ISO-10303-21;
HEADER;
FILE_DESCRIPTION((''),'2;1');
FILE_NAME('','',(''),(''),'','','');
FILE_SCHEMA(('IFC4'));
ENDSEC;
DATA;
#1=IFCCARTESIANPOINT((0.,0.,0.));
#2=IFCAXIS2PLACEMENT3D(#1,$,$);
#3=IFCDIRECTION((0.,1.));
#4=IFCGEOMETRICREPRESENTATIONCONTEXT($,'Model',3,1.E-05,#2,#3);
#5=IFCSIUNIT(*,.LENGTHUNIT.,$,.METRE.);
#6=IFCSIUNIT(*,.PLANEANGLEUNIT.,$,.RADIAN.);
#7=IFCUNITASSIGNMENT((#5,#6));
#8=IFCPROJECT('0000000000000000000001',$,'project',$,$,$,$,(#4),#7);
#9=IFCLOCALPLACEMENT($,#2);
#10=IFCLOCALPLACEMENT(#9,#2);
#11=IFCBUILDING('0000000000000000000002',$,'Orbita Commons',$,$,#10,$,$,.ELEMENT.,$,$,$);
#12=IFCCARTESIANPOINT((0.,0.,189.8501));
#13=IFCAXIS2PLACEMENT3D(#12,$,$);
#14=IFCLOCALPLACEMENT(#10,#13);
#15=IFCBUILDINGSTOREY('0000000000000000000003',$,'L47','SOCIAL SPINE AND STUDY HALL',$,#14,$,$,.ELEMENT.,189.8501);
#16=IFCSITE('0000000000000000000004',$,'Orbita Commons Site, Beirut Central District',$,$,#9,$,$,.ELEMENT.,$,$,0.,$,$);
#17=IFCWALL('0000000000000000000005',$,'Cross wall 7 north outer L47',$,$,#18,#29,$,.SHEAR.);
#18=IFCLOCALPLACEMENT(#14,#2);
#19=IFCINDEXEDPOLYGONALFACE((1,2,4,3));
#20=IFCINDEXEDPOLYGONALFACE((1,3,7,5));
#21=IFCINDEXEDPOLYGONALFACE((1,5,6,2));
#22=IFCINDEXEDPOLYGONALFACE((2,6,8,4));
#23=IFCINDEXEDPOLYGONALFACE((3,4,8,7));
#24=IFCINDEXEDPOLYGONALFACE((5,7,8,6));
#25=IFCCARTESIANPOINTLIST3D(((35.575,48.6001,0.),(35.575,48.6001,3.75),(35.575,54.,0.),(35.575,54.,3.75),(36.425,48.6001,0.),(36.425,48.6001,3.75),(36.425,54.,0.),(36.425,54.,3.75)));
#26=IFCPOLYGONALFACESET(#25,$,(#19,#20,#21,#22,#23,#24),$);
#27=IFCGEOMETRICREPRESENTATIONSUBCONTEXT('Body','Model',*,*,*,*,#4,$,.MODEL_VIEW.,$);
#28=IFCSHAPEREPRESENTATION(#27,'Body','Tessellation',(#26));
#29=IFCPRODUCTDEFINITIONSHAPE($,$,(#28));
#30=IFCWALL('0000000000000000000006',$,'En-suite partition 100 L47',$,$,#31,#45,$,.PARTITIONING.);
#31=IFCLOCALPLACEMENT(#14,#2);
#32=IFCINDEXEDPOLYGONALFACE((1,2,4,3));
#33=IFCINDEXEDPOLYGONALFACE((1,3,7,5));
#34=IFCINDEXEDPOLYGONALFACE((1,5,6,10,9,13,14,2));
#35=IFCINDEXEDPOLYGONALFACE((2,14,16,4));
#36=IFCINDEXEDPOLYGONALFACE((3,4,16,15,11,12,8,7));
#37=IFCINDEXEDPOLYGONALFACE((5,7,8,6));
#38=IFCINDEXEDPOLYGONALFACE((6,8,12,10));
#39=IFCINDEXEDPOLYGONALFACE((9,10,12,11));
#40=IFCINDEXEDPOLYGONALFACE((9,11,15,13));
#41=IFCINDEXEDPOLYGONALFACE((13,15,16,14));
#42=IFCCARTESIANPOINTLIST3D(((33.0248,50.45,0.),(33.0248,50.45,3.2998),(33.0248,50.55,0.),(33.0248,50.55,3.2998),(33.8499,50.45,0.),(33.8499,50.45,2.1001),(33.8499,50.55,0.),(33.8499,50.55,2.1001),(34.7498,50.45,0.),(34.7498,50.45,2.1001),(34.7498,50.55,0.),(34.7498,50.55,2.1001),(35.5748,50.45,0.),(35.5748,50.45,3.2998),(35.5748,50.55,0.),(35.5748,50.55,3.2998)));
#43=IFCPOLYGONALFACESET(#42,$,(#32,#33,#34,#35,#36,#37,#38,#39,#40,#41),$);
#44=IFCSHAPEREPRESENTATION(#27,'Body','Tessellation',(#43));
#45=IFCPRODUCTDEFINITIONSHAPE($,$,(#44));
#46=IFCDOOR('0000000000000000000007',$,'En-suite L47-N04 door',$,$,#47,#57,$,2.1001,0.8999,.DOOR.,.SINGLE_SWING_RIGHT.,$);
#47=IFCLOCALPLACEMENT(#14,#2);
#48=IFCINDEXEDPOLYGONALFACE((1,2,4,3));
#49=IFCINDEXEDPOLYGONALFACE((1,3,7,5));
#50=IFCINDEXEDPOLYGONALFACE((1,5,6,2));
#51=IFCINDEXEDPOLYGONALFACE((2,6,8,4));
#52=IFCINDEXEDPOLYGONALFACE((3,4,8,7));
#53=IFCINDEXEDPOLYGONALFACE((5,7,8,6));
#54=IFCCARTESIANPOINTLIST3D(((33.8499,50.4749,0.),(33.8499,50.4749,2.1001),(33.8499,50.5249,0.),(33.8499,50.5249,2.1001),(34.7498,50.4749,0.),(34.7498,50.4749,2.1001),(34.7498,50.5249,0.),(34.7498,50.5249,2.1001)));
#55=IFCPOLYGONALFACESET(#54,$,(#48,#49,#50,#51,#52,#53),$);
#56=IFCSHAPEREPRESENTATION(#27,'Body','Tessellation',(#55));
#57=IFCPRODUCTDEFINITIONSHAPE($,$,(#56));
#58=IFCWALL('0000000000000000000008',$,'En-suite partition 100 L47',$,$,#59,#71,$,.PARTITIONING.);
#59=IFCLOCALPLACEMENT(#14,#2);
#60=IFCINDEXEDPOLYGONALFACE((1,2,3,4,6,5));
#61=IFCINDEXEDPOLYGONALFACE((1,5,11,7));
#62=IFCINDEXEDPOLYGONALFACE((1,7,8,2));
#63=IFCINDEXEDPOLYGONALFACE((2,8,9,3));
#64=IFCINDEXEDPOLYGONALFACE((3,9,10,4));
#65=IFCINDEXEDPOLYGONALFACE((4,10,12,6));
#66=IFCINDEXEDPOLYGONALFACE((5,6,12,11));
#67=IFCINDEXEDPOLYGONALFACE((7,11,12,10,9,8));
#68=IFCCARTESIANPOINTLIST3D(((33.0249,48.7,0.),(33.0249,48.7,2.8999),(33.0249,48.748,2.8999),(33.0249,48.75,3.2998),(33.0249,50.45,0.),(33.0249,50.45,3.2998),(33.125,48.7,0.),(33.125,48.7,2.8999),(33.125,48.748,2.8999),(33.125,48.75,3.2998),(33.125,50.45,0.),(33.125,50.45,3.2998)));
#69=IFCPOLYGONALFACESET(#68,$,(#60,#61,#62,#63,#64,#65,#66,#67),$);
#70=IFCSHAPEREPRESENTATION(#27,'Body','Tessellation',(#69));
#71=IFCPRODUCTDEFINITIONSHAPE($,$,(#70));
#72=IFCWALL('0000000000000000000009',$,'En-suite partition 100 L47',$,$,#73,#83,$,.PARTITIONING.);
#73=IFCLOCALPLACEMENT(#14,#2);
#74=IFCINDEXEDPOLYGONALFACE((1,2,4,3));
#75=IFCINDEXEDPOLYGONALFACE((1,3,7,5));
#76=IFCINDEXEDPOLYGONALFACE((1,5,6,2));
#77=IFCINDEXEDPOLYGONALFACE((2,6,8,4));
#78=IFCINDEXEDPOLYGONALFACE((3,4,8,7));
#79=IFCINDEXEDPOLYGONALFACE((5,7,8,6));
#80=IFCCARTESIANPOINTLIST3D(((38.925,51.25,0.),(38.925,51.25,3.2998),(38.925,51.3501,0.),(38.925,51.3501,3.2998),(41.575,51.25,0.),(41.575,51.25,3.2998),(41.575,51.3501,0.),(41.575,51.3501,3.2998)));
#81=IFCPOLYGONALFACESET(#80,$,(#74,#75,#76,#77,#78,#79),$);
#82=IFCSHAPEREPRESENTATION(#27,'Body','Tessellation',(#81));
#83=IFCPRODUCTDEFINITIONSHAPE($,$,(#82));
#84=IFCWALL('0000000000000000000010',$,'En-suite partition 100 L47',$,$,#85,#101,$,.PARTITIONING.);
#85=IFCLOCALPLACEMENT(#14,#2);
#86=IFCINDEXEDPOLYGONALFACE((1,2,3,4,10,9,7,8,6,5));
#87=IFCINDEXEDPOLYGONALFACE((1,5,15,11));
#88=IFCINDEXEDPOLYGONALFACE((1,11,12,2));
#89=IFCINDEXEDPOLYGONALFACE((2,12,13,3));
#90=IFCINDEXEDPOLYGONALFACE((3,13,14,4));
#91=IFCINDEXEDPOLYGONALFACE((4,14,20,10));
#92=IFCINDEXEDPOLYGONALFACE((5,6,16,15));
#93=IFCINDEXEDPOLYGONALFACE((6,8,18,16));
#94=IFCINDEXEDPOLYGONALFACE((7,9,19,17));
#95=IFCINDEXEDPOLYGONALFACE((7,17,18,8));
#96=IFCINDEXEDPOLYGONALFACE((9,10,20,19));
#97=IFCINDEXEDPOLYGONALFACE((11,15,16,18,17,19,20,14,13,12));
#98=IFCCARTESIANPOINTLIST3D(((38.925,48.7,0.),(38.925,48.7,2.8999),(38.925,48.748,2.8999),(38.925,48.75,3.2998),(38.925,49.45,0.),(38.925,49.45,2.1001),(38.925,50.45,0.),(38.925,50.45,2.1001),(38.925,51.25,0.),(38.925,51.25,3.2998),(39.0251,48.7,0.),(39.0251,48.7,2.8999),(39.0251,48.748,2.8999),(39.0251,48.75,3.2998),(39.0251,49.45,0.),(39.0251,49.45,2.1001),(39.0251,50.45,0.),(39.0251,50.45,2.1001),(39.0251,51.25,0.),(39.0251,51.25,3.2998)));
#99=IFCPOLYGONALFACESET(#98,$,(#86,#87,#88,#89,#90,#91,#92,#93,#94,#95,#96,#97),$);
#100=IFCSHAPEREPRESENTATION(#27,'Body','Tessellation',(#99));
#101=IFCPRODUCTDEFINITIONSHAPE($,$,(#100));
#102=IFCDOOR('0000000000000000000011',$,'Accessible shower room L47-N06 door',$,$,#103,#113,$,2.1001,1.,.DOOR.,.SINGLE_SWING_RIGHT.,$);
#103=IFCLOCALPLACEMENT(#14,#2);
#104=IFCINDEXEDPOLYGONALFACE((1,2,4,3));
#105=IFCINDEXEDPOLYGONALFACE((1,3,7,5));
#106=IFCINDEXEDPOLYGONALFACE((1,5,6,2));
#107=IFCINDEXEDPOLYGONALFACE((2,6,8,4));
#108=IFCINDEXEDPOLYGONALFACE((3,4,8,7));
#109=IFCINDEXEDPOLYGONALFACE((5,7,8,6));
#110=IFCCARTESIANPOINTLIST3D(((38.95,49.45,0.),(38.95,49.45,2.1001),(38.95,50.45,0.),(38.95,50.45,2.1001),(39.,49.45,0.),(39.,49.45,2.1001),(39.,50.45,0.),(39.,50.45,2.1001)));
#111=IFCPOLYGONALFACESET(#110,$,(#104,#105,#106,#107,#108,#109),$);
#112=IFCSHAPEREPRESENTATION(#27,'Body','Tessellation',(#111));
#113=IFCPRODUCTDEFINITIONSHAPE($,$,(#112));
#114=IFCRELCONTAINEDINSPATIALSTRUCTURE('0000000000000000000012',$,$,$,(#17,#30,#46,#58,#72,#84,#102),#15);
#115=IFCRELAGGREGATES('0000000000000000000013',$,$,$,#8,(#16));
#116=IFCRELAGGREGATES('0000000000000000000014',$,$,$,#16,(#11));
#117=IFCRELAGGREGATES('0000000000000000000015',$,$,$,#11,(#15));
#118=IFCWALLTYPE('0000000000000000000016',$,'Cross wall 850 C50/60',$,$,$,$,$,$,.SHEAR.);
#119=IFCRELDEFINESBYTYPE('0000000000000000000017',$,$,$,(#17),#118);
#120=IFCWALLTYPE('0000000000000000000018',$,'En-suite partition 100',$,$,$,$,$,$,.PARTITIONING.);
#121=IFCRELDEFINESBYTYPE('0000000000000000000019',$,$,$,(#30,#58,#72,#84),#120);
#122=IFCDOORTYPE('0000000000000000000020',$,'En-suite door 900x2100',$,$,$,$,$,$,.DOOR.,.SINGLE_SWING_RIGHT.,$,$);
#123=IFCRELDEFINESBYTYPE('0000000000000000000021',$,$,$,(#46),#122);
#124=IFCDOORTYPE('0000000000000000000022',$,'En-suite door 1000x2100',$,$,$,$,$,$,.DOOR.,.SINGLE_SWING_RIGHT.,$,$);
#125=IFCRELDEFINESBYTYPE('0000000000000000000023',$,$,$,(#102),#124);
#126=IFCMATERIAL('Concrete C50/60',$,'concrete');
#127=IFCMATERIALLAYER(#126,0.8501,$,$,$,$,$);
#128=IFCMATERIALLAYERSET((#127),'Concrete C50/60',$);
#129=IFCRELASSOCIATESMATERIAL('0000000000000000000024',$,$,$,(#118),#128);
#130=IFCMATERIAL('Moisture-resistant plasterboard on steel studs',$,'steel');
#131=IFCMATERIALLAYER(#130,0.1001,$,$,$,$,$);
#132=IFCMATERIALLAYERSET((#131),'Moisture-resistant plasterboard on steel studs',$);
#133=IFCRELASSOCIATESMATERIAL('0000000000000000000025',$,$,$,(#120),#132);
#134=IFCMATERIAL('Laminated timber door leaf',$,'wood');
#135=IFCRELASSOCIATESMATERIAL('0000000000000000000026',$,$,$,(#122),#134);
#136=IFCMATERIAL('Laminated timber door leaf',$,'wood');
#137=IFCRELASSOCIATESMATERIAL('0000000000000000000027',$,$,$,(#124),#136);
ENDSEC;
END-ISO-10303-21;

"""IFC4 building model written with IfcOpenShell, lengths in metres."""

from ifc_helpers import new_model, si_unit, direction, frame, frame_2d, origin, place, context, subcontext, project, spatial, polyline, rectangle, outline, extrude, material, layer, layer_set, type_object, element, fill, save


model = new_model("IFC4")

# Units and contexts
model_context = context("Model", 3, precision=1e-05, world=origin(), true_north=direction((0.0, 1.0)))
body_context = subcontext(model_context, "Body", "Model", "MODEL_VIEW")
ifc_project = project(units=[si_unit("LENGTHUNIT", "METRE"), si_unit("PLANEANGLEUNIT", "RADIAN")], contexts=[model_context])

# Site, building, storey
site_placement = place(None, origin())
site = spatial("IfcSite", under=ifc_project, at=site_placement, Name="Orbita Commons Site, Beirut Central District", CompositionType="ELEMENT", RefElevation=0.0)
building_placement = place(site_placement, origin())
building = spatial("IfcBuilding", under=site, at=building_placement, Name="Orbita Commons", CompositionType="ELEMENT")
storey_placement = place(building_placement, frame((0.0, 0.0, 189.8501)))
storey = spatial("IfcBuildingStorey", under=building, at=storey_placement, Name="L47", Description="SOCIAL SPINE AND STUDY HALL", CompositionType="ELEMENT", Elevation=189.8501)

# Wall
ifc_material_1 = material(Name="Concrete C50/60", Category="concrete")
ifc_layer_1 = layer(ifc_material_1, 0.8501)
ifc_layer_set_1 = layer_set([ifc_layer_1], Name="Concrete C50/60")
wall_type_1 = type_object("IfcWallType", Name="Cross wall 850 C50/60", PredefinedType="SHEAR", material=ifc_layer_set_1)
for number, where, z_axis, x_axis, name in (
    (1, (36.0, 48.6001, 0.0), (0.0, 0.0, 1.0), (0.0, 1.0, 0.0), "Cross wall 7 north outer L47"),
):
    element("IfcWall", number, at=place(storey_placement, frame(where, z_axis=z_axis, x_axis=x_axis)), inside=storey, type_object=wall_type_1, Name=name, PredefinedType="SHEAR", context=body_context, shape_type="SweptSolid", body=[
        extrude(rectangle(XDim=5.3999, YDim=0.8501, at=frame_2d((2.7, 0.0))), origin(), (0.0, 0.0, 1.0), 3.75),
    ])

# Wall, opening, door
ifc_material_2 = material(Name="Moisture-resistant plasterboard on steel studs", Category="steel")
ifc_layer_2 = layer(ifc_material_2, 0.1001)
ifc_layer_set_2 = layer_set([ifc_layer_2], Name="Moisture-resistant plasterboard on steel studs")
wall_type_2 = type_object("IfcWallType", Name="En-suite partition 100", PredefinedType="PARTITIONING", material=ifc_layer_set_2)
wall_1_placement = place(storey_placement, frame((33.0249, 50.5, 0.0), z_axis=(0.0, 0.0, 1.0), x_axis=(1.0, 0.0, 0.0)))
wall_1 = element("IfcWall", 2, at=wall_1_placement, inside=storey, type_object=wall_type_2, Name="En-suite partition 100 L47", PredefinedType="PARTITIONING", context=body_context, shape_type="SweptSolid", body=[
    extrude(rectangle(XDim=2.55, YDim=0.1001, at=frame_2d((1.2749, 0.0))), origin(), (0.0, 0.0, 1.0), 3.2998),
])
opening_1_placement = place(wall_1_placement, frame((0.825, 0.0, 0.0)))
opening_1 = element("IfcOpeningElement", 3, at=opening_1_placement, cuts=wall_1, PredefinedType="OPENING", context=body_context, shape_type="SweptSolid", body=[
    extrude(rectangle(XDim=0.8999, YDim=2.1001, at=frame_2d((0.45, 1.05))), frame((0.0, 0.0601, 0.0), z_axis=(0.0, -1.0, 0.0), x_axis=(1.0, 0.0, 0.0)), (0.0, 0.0, 1.0), 0.1201),
])
ifc_material_3 = material(Name="Laminated timber door leaf", Category="wood")
door_type_1 = type_object("IfcDoorType", Name="En-suite door 900x2100", OperationType="SINGLE_SWING_RIGHT", PredefinedType="DOOR", material=ifc_material_3)
door_1_placement = place(opening_1_placement, origin())
door_1 = element("IfcDoor", 4, at=door_1_placement, inside=storey, type_object=door_type_1, Name="En-suite L47-N04 door", OperationType="SINGLE_SWING_RIGHT", OverallHeight=2.1001, OverallWidth=0.8999, PredefinedType="DOOR", context=body_context, shape_type="SweptSolid", body=[
    extrude(rectangle(XDim=0.8999, YDim=2.1001, at=frame_2d((0.45, 1.05))), frame((0.0, 0.0249, 0.0), z_axis=(0.0, -1.0, 0.0), x_axis=(1.0, 0.0, 0.0)), (0.0, 0.0, 1.0), 0.05),
])
fill(opening_1, door_1)

# Walls
wall_2_placement = place(storey_placement, frame((33.075, 50.45, 0.0), z_axis=(0.0, 0.0, 1.0), x_axis=(0.0, -1.0, 0.0)))
element("IfcWall", 5, at=wall_2_placement, inside=storey, type_object=wall_type_2, Name="En-suite partition 100 L47", PredefinedType="PARTITIONING", context=body_context, shape_type="SweptSolid", body=[
    extrude(outline(polyline([(0.0, 0.0), (1.75, 0.0), (1.75, 2.8999), (1.7019, 2.8999), (1.7, 3.2998), (0.0, 3.2998), (0.0, 0.0)])), frame((0.0, 0.05, 0.0), z_axis=(0.0, -1.0, 0.0), x_axis=(1.0, 0.0, 0.0)), (0.0, 0.0, 1.0), 0.1001),
])
wall_3_placement = place(storey_placement, frame((38.925, 51.3, 0.0), z_axis=(0.0, 0.0, 1.0), x_axis=(1.0, 0.0, 0.0)))
element("IfcWall", 6, at=wall_3_placement, inside=storey, type_object=wall_type_2, Name="En-suite partition 100 L47", PredefinedType="PARTITIONING", context=body_context, shape_type="SweptSolid", body=[
    extrude(rectangle(XDim=2.6499, YDim=0.1001, at=frame_2d((1.325, 0.0))), origin(), (0.0, 0.0, 1.0), 3.2998),
])

# Wall, opening, door
wall_4_placement = place(storey_placement, frame((38.9751, 51.25, 0.0), z_axis=(0.0, 0.0, 1.0), x_axis=(0.0, -1.0, 0.0)))
wall_4 = element("IfcWall", 7, at=wall_4_placement, inside=storey, type_object=wall_type_2, Name="En-suite partition 100 L47", PredefinedType="PARTITIONING", context=body_context, shape_type="SweptSolid", body=[
    extrude(outline(polyline([(0.0, 0.0), (2.55, 0.0), (2.55, 2.8999), (2.502, 2.8999), (2.5, 3.2998), (0.0, 3.2998), (0.0, 0.0)])), frame((0.0, 0.05, 0.0), z_axis=(0.0, -1.0, 0.0), x_axis=(1.0, 0.0, 0.0)), (0.0, 0.0, 1.0), 0.1001),
])
opening_2_placement = place(wall_4_placement, frame((0.8, 0.0, 0.0)))
opening_2 = element("IfcOpeningElement", 8, at=opening_2_placement, cuts=wall_4, PredefinedType="OPENING", context=body_context, shape_type="SweptSolid", body=[
    extrude(rectangle(XDim=1.0, YDim=2.1001, at=frame_2d((0.5, 1.05))), frame((0.0, 0.0601, 0.0), z_axis=(0.0, -1.0, 0.0), x_axis=(1.0, 0.0, 0.0)), (0.0, 0.0, 1.0), 0.1201),
])
ifc_material_4 = material(Name="Laminated timber door leaf", Category="wood")
door_type_2 = type_object("IfcDoorType", Name="En-suite door 1000x2100", OperationType="SINGLE_SWING_RIGHT", PredefinedType="DOOR", material=ifc_material_4)
door_2_placement = place(opening_2_placement, origin())
door_2 = element("IfcDoor", 9, at=door_2_placement, inside=storey, type_object=door_type_2, Name="Accessible shower room L47-N06 door", OperationType="SINGLE_SWING_RIGHT", OverallHeight=2.1001, OverallWidth=1.0, PredefinedType="DOOR", context=body_context, shape_type="SweptSolid", body=[
    extrude(rectangle(XDim=1.0, YDim=2.1001, at=frame_2d((0.5, 1.05))), frame((0.0, 0.0249, 0.0), z_axis=(0.0, -1.0, 0.0), x_axis=(1.0, 0.0, 0.0)), (0.0, 0.0, 1.0), 0.05),
])
fill(opening_2, door_2)

save(model, "model.ifc")
